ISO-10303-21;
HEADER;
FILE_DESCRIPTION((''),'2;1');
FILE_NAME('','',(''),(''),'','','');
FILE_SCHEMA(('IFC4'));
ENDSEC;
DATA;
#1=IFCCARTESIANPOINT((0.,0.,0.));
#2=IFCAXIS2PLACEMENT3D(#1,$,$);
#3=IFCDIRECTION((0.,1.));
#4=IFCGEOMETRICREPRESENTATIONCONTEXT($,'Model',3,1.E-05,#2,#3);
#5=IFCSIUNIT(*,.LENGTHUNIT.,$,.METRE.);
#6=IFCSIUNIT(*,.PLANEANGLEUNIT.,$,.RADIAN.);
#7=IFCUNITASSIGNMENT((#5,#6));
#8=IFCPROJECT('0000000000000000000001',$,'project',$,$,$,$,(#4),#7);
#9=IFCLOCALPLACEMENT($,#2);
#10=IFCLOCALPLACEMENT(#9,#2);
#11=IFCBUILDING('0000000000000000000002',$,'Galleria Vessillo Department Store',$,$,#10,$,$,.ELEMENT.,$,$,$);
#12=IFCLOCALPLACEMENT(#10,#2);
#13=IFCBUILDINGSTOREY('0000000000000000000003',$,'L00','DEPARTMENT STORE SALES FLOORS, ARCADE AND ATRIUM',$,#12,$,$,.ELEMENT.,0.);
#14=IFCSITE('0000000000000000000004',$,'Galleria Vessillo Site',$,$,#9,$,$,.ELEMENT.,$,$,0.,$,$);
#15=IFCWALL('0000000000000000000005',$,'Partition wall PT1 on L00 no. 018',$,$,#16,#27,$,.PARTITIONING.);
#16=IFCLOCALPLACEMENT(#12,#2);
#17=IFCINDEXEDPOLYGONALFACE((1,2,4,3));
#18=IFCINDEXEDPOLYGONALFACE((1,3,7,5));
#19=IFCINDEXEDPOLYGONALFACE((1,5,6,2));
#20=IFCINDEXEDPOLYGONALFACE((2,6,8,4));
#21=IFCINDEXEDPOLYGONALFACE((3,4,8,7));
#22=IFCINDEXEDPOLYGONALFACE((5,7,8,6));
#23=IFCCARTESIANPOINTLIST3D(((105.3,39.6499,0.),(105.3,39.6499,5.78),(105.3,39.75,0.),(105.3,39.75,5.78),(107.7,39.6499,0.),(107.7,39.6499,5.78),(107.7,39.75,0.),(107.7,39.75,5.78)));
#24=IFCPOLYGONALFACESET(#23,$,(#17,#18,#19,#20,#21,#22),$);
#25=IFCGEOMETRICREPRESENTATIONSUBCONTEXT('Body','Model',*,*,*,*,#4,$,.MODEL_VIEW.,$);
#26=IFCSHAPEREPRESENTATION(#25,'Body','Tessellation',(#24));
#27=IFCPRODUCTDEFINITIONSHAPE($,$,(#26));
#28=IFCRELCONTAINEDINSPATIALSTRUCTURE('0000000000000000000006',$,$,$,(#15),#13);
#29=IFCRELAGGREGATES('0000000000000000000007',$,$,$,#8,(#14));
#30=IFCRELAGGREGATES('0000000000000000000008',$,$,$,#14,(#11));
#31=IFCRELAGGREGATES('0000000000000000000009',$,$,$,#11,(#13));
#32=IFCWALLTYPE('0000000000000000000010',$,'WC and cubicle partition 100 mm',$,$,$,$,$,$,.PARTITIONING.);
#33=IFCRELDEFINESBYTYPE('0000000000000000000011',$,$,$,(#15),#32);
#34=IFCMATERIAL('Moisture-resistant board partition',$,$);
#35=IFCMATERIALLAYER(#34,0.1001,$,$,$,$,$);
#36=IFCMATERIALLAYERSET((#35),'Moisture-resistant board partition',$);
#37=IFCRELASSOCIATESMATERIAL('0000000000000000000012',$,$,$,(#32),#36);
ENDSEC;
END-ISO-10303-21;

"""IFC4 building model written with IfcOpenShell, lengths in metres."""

from ifc_helpers import new_model, si_unit, direction, frame, frame_2d, origin, place, context, subcontext, project, spatial, rectangle, extrude, material, layer, layer_set, type_object, element, save


model = new_model("IFC4")

# Units and contexts
model_context = context("Model", 3, precision=1e-05, world=origin(), true_north=direction((0.0, 1.0)))
body_context = subcontext(model_context, "Body", "Model", "MODEL_VIEW")
ifc_project = project(units=[si_unit("LENGTHUNIT", "METRE"), si_unit("PLANEANGLEUNIT", "RADIAN")], contexts=[model_context])

# Site, building, storey
site_placement = place(None, origin())
site = spatial("IfcSite", under=ifc_project, at=site_placement, Name="Galleria Vessillo Site", CompositionType="ELEMENT", RefElevation=0.0)
building_placement = place(site_placement, origin())
building = spatial("IfcBuilding", under=site, at=building_placement, Name="Galleria Vessillo Department Store", CompositionType="ELEMENT")
storey_placement = place(building_placement, origin())
storey = spatial("IfcBuildingStorey", under=building, at=storey_placement, Name="L00", Description="DEPARTMENT STORE SALES FLOORS, ARCADE AND ATRIUM", CompositionType="ELEMENT", Elevation=0.0)

# Shared definitions
ifc_material_1 = material(Name="Moisture-resistant board partition")
ifc_layer_1 = layer(ifc_material_1, 0.1001)
ifc_layer_set_1 = layer_set([ifc_layer_1], Name="Moisture-resistant board partition")
wall_type_1 = type_object("IfcWallType", Name="WC and cubicle partition 100 mm", PredefinedType="PARTITIONING", material=ifc_layer_set_1)

# Wall
for number, where, z_axis, x_axis, name in (
    (1, (105.3, 39.7, 0.0), (0.0, 0.0, 1.0), (1.0, 0.0, 0.0), "Partition wall PT1 on L00 no. 018"),
):
    element("IfcWall", number, at=place(storey_placement, frame(where, z_axis=z_axis, x_axis=x_axis)), inside=storey, type_object=wall_type_1, Name=name, PredefinedType="PARTITIONING", context=body_context, shape_type="SweptSolid", body=[
        extrude(rectangle(XDim=2.3999, YDim=0.1001, at=frame_2d((1.2, 0.0))), origin(), (0.0, 0.0, 1.0), 5.78),
    ])

save(model, "model.ifc")
